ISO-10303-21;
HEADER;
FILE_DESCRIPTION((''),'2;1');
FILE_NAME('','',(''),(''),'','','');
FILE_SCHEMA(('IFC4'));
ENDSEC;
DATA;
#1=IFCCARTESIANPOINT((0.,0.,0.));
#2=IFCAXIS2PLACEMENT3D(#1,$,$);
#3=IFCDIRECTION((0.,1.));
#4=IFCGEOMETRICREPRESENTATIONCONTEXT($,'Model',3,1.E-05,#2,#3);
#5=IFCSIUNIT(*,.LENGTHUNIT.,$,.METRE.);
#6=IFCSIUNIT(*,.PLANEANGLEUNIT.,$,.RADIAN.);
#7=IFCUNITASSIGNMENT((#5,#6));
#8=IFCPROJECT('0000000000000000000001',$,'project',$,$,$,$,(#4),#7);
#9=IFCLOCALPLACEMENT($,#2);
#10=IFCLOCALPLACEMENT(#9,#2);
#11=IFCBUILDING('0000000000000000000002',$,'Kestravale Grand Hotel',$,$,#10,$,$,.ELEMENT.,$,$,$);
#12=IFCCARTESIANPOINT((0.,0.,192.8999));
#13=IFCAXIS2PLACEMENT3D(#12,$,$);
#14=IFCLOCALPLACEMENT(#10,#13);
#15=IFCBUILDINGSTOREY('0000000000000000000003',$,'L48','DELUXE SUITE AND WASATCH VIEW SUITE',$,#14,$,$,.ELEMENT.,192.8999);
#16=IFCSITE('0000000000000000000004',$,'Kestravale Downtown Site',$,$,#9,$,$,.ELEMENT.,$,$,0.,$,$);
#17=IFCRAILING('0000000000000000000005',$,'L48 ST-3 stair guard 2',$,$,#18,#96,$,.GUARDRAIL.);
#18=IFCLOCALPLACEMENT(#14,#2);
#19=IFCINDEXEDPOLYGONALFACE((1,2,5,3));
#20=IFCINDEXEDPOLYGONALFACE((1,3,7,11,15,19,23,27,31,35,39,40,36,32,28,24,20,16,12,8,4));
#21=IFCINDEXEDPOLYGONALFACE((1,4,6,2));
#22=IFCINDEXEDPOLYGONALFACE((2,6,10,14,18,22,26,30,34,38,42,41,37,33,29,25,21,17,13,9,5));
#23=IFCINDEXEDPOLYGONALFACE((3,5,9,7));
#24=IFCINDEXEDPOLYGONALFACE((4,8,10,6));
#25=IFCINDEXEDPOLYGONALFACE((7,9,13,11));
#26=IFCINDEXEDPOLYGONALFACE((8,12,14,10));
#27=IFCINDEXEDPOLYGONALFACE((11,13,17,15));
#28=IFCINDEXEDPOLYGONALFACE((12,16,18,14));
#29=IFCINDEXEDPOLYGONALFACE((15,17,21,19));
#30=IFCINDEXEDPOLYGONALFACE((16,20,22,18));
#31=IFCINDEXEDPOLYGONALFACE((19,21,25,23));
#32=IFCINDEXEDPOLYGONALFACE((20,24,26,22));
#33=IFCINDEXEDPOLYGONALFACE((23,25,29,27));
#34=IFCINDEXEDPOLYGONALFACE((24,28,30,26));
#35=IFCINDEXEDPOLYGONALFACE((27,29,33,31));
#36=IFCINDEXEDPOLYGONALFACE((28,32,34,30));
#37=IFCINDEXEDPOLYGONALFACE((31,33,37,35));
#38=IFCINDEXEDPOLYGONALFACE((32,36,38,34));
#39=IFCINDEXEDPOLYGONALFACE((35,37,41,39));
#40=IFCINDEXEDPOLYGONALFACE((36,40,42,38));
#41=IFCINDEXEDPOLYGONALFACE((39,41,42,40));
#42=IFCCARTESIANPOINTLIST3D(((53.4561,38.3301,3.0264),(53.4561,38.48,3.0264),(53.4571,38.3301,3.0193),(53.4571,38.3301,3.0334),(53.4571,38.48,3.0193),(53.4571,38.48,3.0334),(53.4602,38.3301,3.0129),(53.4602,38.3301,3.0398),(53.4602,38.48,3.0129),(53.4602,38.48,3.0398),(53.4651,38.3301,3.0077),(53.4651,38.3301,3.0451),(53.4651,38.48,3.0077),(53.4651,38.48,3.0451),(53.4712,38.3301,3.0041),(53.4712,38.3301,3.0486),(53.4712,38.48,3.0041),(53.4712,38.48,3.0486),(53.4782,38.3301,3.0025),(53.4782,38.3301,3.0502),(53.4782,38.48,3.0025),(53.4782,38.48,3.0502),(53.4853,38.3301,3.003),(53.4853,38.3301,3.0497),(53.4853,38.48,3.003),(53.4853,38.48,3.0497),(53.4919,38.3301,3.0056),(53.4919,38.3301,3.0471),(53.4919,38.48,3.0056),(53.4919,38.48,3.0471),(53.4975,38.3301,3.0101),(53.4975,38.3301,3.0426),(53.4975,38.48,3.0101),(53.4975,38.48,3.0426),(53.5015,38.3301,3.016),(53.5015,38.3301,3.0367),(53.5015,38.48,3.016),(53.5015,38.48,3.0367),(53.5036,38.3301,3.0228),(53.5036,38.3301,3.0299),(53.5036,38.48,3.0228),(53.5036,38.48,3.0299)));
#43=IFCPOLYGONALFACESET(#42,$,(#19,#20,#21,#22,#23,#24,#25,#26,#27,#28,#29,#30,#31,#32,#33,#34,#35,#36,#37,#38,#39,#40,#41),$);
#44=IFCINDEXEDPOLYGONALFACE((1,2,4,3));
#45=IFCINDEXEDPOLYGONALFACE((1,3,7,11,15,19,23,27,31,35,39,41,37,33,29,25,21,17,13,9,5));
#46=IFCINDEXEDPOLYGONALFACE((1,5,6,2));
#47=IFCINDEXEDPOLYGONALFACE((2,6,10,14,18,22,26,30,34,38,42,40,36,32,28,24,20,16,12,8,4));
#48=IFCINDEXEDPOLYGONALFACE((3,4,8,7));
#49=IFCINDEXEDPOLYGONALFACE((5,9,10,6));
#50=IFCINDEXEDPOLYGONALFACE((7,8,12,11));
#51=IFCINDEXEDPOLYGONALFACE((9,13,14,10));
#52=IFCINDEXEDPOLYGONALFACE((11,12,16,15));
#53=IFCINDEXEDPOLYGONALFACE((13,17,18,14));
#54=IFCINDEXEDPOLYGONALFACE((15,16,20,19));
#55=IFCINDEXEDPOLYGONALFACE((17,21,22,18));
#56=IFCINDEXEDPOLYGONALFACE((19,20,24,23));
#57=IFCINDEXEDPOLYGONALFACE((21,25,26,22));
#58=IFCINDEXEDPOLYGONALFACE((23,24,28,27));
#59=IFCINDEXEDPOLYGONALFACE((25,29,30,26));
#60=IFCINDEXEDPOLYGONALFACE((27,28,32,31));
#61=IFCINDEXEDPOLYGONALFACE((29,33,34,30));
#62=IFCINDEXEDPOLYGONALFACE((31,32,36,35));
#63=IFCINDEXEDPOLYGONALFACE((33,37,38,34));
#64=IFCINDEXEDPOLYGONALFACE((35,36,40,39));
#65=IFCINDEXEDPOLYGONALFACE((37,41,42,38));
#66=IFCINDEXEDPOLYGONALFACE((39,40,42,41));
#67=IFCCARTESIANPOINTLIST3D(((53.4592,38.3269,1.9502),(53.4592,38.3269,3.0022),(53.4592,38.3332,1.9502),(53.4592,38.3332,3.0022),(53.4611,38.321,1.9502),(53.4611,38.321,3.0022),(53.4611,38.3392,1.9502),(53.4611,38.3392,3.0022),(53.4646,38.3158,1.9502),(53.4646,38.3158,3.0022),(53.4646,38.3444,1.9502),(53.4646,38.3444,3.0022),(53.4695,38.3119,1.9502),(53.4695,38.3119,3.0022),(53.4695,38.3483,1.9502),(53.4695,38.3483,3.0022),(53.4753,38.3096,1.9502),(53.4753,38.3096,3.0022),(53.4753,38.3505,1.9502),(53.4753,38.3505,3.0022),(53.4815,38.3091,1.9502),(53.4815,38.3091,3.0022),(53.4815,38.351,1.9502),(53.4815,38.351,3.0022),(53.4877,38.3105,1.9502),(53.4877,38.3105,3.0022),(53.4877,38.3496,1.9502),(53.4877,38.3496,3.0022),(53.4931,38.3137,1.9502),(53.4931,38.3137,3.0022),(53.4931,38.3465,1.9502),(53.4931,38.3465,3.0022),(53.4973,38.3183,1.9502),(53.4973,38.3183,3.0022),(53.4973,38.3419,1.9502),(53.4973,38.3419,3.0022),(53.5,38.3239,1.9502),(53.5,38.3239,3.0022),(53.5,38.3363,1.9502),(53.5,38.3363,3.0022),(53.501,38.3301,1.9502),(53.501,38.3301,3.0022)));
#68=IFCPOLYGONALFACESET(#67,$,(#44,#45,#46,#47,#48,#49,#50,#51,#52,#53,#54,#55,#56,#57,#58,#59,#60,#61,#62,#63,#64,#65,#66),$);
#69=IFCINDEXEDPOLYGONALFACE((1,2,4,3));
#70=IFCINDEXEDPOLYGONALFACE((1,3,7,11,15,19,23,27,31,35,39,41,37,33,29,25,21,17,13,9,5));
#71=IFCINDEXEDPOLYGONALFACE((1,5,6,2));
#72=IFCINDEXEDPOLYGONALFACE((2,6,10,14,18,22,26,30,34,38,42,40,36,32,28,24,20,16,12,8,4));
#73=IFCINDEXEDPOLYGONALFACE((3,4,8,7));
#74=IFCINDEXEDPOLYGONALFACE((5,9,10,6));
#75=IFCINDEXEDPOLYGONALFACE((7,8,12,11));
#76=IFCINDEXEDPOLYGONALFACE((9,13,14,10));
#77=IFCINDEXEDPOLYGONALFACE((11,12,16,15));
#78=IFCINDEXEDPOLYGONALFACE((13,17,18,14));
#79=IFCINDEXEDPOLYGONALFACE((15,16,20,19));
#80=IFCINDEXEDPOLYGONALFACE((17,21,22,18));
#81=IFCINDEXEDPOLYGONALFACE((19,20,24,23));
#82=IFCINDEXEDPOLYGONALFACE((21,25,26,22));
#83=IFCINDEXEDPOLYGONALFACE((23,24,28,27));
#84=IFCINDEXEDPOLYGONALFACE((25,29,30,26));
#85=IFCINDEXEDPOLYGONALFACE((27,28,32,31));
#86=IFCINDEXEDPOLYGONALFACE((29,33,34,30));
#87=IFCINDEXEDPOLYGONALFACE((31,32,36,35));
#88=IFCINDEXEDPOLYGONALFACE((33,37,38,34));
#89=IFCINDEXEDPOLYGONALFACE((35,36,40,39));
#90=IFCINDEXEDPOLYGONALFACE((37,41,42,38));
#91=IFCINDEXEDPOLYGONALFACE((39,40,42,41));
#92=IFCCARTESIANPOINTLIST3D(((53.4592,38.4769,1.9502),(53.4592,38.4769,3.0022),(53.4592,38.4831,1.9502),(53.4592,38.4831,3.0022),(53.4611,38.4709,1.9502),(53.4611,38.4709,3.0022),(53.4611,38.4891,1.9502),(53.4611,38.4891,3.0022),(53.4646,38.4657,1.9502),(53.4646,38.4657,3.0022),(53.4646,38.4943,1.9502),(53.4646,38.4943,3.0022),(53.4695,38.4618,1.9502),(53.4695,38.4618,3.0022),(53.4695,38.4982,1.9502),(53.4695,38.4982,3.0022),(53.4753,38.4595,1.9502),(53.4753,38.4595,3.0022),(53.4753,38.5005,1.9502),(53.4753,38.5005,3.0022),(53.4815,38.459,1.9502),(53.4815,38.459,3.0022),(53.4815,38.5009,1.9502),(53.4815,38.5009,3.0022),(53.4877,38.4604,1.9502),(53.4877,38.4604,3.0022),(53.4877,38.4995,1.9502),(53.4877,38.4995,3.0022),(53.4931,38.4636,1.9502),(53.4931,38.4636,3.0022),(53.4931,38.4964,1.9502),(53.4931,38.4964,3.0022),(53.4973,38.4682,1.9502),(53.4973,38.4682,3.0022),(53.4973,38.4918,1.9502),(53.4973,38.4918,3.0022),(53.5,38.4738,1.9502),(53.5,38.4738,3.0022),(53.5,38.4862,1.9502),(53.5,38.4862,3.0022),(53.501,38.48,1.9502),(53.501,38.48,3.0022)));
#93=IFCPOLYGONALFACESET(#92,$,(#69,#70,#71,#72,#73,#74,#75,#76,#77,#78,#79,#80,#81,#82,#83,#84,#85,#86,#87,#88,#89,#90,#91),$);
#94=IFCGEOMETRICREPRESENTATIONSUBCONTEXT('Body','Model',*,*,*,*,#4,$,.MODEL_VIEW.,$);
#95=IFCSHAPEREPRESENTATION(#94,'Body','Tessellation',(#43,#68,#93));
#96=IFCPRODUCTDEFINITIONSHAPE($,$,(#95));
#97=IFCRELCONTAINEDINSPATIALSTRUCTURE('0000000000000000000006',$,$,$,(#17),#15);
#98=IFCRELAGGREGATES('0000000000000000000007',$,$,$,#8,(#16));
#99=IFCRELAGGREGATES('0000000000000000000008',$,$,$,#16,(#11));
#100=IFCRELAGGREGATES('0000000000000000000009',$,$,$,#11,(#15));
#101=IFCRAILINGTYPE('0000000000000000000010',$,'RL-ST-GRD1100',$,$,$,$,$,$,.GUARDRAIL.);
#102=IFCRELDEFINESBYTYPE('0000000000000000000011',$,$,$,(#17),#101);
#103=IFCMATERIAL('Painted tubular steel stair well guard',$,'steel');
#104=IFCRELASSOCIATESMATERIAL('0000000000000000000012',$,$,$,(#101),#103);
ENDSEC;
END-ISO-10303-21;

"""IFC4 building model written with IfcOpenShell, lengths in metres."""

from ifc_helpers import new_model, si_unit, direction, frame, origin, origin_2d, place, context, subcontext, project, spatial, circle, extrude, material, type_object, element, save


model = new_model("IFC4")

# Units and contexts
model_context = context("Model", 3, precision=1e-05, world=origin(), true_north=direction((0.0, 1.0)))
body_context = subcontext(model_context, "Body", "Model", "MODEL_VIEW")
ifc_project = project(units=[si_unit("LENGTHUNIT", "METRE"), si_unit("PLANEANGLEUNIT", "RADIAN")], contexts=[model_context])

# Site, building, storey
site_placement = place(None, origin())
site = spatial("IfcSite", under=ifc_project, at=site_placement, Name="Kestravale Downtown Site", CompositionType="ELEMENT", RefElevation=0.0)
building_placement = place(site_placement, origin())
building = spatial("IfcBuilding", under=site, at=building_placement, Name="Kestravale Grand Hotel", CompositionType="ELEMENT")
storey_placement = place(building_placement, frame((0.0, 0.0, 192.8999)))
storey = spatial("IfcBuildingStorey", under=building, at=storey_placement, Name="L48", Description="DELUXE SUITE AND WASATCH VIEW SUITE", CompositionType="ELEMENT", Elevation=192.8999)

# Railing
ifc_material_1 = material(Name="Painted tubular steel stair well guard", Category="steel")
railing_type_1 = type_object("IfcRailingType", Name="RL-ST-GRD1100", PredefinedType="GUARDRAIL", material=ifc_material_1)
railing_1_placement = place(storey_placement, frame((53.48, 38.3301, 1.9502)))
element("IfcRailing", 1, at=railing_1_placement, inside=storey, type_object=railing_type_1, Name="L48 ST-3 stair guard 2", PredefinedType="GUARDRAIL", context=body_context, shape_type="SweptSolid", body=[
    extrude(circle(Radius=0.0239, at=origin_2d()), frame((0.0, 0.0, 1.0762), z_axis=(0.0, 1.0, 0.0), x_axis=(-1.0, 0.0, 0.0)), (0.0, 0.0, 1.0), 0.1499),
    extrude(circle(Radius=0.021, at=origin_2d()), origin(), (0.0, 0.0, 1.0), 1.052),
    extrude(circle(Radius=0.021, at=origin_2d()), frame((0.0, 0.1499, 0.0)), (0.0, 0.0, 1.0), 1.052),
])

save(model, "model.ifc")
